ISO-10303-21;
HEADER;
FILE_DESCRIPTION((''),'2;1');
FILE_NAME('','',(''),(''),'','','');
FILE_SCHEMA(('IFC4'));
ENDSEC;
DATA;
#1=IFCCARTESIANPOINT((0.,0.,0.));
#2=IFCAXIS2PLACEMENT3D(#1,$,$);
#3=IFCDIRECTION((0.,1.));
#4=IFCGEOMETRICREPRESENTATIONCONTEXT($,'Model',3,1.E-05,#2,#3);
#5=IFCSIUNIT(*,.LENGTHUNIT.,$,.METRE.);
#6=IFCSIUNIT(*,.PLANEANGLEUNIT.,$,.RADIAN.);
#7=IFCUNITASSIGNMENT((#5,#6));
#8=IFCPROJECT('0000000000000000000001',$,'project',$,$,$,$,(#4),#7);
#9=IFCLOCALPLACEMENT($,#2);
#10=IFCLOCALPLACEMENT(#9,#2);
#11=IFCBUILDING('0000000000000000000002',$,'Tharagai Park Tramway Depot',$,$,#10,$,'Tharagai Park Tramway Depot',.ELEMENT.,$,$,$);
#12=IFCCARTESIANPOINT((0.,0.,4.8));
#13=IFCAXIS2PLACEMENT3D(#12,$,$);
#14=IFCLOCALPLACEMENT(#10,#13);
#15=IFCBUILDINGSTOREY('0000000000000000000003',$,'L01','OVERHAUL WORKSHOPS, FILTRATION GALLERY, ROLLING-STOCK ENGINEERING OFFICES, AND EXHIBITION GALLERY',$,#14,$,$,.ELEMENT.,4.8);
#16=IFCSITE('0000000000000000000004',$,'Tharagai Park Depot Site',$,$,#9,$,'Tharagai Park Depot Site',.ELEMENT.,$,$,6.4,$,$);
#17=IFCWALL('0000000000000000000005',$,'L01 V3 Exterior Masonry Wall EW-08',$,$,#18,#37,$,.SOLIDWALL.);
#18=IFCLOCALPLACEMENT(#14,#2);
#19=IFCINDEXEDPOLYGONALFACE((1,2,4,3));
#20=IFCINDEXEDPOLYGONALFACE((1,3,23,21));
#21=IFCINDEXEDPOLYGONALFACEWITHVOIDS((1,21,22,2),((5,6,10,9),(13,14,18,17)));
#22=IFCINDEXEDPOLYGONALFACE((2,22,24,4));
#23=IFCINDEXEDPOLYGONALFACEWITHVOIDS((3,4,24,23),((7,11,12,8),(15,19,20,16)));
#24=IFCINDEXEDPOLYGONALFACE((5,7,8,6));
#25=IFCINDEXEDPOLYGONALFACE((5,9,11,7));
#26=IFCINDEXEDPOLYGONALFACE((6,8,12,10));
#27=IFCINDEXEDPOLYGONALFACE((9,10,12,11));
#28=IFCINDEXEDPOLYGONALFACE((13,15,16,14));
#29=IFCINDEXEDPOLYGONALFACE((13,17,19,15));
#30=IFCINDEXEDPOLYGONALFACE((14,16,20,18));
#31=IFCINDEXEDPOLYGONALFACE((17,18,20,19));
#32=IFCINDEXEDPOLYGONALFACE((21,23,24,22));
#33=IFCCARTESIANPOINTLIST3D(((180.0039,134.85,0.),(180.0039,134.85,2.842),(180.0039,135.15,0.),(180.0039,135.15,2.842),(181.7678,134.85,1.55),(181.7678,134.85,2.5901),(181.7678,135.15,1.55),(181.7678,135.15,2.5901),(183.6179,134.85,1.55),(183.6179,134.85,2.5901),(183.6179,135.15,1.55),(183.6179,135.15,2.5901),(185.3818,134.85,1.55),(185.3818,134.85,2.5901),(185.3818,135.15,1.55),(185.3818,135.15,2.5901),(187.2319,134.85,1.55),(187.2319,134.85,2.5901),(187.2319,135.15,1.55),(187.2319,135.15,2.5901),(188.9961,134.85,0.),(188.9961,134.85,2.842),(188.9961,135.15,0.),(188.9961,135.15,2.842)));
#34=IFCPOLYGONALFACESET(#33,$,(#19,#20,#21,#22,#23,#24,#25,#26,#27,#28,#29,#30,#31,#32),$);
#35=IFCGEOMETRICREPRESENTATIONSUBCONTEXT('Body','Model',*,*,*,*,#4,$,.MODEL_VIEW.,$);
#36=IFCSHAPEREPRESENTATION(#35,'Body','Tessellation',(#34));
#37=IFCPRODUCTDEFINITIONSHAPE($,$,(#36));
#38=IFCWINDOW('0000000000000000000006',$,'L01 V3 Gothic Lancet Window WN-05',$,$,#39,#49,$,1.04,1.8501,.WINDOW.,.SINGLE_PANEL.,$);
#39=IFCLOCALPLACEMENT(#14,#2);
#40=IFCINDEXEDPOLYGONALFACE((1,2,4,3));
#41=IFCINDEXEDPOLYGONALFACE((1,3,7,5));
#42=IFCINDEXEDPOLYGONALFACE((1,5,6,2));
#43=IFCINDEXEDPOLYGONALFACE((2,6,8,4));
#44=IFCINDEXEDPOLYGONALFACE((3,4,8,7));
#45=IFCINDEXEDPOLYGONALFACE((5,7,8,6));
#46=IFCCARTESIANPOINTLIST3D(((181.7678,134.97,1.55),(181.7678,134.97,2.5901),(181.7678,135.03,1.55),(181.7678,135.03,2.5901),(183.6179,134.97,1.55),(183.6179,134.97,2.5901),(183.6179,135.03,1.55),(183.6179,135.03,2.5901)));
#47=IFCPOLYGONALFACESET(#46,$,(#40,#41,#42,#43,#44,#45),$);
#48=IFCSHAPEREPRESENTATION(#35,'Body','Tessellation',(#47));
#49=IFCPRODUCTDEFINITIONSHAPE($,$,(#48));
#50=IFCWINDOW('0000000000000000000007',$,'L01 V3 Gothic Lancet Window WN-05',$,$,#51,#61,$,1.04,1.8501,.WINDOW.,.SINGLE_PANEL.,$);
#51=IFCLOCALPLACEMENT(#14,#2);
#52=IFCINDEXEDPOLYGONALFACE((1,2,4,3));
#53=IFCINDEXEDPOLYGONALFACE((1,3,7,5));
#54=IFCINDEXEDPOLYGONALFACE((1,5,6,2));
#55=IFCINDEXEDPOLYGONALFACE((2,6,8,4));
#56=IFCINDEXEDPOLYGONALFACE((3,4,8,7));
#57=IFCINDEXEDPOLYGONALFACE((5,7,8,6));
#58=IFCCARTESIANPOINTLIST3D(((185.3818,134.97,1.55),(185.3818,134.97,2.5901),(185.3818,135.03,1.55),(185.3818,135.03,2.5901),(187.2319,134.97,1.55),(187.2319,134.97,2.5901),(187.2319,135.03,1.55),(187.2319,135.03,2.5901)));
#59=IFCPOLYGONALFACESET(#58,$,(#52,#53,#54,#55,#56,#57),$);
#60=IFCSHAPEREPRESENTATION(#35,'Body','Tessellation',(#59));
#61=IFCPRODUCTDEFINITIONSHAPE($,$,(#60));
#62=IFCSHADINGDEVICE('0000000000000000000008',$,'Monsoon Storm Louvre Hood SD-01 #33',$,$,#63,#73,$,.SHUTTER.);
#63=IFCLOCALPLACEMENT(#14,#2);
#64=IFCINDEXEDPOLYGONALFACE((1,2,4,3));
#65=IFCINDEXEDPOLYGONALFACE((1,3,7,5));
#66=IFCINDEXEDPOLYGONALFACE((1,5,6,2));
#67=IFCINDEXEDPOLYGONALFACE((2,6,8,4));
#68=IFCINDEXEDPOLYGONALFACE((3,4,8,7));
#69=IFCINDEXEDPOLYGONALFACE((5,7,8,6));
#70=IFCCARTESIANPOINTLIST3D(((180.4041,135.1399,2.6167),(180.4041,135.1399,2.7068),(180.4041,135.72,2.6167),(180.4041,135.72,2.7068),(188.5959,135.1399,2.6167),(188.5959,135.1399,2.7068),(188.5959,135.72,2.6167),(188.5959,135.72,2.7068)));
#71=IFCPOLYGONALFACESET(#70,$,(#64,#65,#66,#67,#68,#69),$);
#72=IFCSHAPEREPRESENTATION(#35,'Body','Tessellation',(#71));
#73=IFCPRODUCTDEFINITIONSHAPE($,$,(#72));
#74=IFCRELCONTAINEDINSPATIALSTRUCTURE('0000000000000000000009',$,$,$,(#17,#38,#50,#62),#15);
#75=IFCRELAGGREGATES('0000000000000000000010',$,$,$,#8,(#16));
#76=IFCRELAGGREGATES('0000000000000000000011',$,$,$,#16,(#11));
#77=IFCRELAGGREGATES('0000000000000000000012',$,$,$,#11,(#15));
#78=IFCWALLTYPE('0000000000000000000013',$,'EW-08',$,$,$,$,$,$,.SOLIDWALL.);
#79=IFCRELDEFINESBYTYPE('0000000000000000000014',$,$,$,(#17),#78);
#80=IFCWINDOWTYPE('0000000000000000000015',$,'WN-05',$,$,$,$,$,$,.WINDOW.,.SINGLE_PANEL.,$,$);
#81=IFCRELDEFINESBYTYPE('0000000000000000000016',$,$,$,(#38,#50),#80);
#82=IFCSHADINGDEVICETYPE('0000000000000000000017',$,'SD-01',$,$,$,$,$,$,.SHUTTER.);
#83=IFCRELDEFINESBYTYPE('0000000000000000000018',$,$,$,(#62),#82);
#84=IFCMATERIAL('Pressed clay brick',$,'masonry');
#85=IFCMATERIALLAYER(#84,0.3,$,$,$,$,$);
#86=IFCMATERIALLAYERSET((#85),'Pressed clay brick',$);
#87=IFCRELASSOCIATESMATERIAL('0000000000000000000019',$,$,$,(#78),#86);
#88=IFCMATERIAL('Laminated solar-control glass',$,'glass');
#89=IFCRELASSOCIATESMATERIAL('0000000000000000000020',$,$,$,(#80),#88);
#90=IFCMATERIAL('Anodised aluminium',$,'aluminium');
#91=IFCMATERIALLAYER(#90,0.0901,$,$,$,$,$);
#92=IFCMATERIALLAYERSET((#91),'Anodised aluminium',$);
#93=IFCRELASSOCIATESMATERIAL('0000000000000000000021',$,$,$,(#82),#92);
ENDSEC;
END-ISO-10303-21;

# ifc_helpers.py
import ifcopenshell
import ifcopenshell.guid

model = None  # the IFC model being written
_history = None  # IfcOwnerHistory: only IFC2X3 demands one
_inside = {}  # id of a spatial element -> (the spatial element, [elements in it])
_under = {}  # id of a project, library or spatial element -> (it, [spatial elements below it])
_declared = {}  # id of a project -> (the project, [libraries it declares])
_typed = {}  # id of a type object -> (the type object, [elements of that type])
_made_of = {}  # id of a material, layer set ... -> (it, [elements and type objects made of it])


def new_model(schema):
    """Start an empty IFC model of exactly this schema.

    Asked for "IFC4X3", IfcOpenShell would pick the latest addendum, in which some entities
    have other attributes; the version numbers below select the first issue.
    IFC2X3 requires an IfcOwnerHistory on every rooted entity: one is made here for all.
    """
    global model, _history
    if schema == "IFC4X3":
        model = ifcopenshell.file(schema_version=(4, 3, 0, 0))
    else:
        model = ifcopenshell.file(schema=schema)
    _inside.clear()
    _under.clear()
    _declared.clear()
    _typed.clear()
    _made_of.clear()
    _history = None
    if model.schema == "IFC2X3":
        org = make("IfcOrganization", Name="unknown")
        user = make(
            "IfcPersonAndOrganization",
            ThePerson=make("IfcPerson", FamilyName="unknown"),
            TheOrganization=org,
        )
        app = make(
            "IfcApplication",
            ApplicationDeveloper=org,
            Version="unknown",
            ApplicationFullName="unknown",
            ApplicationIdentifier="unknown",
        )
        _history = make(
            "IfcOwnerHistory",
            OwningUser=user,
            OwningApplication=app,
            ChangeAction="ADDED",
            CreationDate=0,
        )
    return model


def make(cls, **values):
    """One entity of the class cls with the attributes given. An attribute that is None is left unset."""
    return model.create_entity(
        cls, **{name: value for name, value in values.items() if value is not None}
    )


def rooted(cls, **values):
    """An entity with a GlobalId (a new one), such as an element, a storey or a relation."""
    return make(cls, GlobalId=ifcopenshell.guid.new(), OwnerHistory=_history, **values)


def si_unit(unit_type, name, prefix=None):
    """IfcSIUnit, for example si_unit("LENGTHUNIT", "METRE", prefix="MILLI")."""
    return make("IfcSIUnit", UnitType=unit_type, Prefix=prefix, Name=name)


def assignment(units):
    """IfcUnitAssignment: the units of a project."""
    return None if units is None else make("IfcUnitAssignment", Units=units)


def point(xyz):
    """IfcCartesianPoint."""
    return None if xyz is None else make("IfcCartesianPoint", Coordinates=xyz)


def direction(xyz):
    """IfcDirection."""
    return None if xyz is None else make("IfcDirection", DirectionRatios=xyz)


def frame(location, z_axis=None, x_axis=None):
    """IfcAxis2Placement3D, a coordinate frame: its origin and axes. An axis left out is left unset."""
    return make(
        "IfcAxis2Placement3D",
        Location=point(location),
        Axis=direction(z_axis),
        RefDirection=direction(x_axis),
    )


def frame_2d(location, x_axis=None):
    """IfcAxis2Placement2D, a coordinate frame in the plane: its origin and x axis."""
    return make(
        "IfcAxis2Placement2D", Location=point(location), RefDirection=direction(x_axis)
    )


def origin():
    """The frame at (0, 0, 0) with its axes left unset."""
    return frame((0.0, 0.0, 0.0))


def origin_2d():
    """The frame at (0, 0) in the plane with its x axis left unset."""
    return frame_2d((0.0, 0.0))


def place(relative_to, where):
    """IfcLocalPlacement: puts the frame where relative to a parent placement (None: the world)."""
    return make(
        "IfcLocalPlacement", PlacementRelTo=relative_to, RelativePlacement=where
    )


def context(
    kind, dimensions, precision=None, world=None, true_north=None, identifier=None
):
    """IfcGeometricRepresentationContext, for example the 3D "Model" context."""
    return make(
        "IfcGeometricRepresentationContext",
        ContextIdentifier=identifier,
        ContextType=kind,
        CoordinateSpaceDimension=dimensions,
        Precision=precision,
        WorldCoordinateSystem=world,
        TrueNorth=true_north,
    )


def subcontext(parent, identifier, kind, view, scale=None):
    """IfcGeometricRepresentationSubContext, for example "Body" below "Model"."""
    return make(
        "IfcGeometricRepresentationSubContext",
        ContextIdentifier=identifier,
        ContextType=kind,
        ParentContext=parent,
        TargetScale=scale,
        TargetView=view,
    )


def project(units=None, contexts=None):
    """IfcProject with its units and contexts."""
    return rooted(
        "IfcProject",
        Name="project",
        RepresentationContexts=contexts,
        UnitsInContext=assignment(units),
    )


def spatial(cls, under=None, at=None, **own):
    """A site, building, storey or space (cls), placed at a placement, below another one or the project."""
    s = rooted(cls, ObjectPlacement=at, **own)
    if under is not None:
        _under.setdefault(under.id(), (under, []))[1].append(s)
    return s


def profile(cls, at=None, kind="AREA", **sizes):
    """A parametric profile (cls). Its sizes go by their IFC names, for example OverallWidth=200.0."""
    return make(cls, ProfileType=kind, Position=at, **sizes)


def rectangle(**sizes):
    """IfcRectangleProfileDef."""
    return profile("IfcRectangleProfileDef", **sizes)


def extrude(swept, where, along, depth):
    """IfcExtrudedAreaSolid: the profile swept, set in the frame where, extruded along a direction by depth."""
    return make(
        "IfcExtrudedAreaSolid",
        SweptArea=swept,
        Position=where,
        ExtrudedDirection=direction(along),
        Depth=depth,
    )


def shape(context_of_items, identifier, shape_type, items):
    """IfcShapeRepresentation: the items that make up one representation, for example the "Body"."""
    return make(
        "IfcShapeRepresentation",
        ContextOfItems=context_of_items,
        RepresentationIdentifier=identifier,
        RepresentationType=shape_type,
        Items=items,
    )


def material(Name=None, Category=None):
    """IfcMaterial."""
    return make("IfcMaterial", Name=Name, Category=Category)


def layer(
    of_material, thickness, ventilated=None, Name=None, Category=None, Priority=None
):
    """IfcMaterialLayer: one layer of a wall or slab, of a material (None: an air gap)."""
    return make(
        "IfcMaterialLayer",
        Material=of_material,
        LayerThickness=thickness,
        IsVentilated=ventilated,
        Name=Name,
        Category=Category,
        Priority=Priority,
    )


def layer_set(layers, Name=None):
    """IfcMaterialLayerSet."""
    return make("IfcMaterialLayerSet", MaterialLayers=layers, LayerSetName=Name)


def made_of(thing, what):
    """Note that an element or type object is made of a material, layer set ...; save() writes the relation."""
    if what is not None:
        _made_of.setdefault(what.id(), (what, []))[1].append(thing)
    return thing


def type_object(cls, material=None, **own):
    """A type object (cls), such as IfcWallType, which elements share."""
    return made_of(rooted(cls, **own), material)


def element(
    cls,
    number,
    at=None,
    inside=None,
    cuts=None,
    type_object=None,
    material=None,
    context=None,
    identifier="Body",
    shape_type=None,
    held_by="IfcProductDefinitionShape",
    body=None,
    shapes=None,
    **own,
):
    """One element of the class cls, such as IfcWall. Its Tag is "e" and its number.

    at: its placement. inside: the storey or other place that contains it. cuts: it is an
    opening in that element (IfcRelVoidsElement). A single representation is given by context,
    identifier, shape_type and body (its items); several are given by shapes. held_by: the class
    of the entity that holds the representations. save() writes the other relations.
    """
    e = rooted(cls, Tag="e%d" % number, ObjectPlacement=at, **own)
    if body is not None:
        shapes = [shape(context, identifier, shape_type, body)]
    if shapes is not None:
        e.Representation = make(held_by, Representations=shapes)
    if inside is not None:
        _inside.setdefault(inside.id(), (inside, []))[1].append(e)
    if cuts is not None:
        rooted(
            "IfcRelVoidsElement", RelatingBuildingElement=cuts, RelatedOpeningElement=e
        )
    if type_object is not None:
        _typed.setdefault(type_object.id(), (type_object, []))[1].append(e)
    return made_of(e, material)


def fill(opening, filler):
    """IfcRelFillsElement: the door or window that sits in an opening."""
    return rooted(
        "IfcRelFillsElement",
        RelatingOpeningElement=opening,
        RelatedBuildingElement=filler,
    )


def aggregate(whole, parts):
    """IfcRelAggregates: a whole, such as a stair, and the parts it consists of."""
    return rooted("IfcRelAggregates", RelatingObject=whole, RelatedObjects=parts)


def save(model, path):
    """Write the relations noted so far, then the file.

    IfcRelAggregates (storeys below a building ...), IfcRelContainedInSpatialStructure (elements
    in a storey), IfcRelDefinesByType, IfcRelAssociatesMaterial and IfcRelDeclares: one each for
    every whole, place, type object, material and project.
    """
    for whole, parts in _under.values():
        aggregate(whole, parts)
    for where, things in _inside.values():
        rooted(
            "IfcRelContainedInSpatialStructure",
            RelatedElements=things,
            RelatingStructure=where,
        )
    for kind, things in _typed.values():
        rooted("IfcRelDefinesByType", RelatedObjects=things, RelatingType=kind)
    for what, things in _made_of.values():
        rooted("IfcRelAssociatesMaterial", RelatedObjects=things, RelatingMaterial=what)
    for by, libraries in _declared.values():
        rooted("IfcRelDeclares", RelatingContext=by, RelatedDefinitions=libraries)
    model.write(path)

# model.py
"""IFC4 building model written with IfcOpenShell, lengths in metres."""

from ifc_helpers import new_model, si_unit, direction, frame, frame_2d, origin, origin_2d, place, context, subcontext, project, spatial, rectangle, extrude, material, layer, layer_set, type_object, element, fill, save


model = new_model("IFC4")

# Units and contexts
model_context = context("Model", 3, precision=1e-05, world=origin(), true_north=direction((0.0, 1.0)))
body_context = subcontext(model_context, "Body", "Model", "MODEL_VIEW")
ifc_project = project(units=[si_unit("LENGTHUNIT", "METRE"), si_unit("PLANEANGLEUNIT", "RADIAN")], contexts=[model_context])

# Site, building, storey
site_placement = place(None, origin())
site = spatial("IfcSite", under=ifc_project, at=site_placement, Name="Tharagai Park Depot Site", LongName="Tharagai Park Depot Site", CompositionType="ELEMENT", RefElevation=6.4)
building_placement = place(site_placement, origin())
building = spatial("IfcBuilding", under=site, at=building_placement, Name="Tharagai Park Tramway Depot", LongName="Tharagai Park Tramway Depot", CompositionType="ELEMENT")
storey_placement = place(building_placement, frame((0.0, 0.0, 4.8)))
storey = spatial("IfcBuildingStorey", under=building, at=storey_placement, Name="L01", Description="OVERHAUL WORKSHOPS, FILTRATION GALLERY, ROLLING-STOCK ENGINEERING OFFICES, AND EXHIBITION GALLERY", CompositionType="ELEMENT", Elevation=4.8)

# Shared definitions
ifc_material_1 = material(Name="Anodised aluminium", Category="aluminium")

# Shared definitions
ifc_material_2 = material(Name="Laminated solar-control glass", Category="glass")

# Wall, openings, windows
ifc_material_3 = material(Name="Pressed clay brick", Category="masonry")
ifc_layer_1 = layer(ifc_material_3, 0.3)
ifc_layer_set_1 = layer_set([ifc_layer_1], Name="Pressed clay brick")
wall_type = type_object("IfcWallType", Name="EW-08", PredefinedType="SOLIDWALL", material=ifc_layer_set_1)
wall_placement = place(storey_placement, frame((180.0039, 135.0, 0.0), z_axis=(0.0, 0.0, 1.0), x_axis=(1.0, 0.0, 0.0)))
wall = element("IfcWall", 1, at=wall_placement, inside=storey, type_object=wall_type, Name="L01 V3 Exterior Masonry Wall EW-08", PredefinedType="SOLIDWALL", context=body_context, shape_type="SweptSolid", body=[
    extrude(rectangle(XDim=8.9922, YDim=0.3, at=frame_2d((4.4961, 0.0))), origin(), (0.0, 0.0, 1.0), 2.842),
])
opening_1_placement = place(wall_placement, frame((1.7639, 0.0, 1.55)))
opening_1 = element("IfcOpeningElement", 2, at=opening_1_placement, cuts=wall, PredefinedType="OPENING", context=body_context, shape_type="SweptSolid", body=[
    extrude(rectangle(XDim=1.8501, YDim=1.04, at=frame_2d((0.925, 0.52))), frame((0.0, 0.1599, 0.0), z_axis=(0.0, -1.0, 0.0), x_axis=(1.0, 0.0, 0.0)), (0.0, 0.0, 1.0), 0.3201),
])
opening_2_placement = place(wall_placement, frame((5.3779, 0.0, 1.55)))
opening_2 = element("IfcOpeningElement", 3, at=opening_2_placement, cuts=wall, PredefinedType="OPENING", context=body_context, shape_type="SweptSolid", body=[
    extrude(rectangle(XDim=1.8501, YDim=1.04, at=frame_2d((0.925, 0.52))), frame((0.0, 0.1599, 0.0), z_axis=(0.0, -1.0, 0.0), x_axis=(1.0, 0.0, 0.0)), (0.0, 0.0, 1.0), 0.3201),
])
window_type = type_object("IfcWindowType", Name="WN-05", PartitioningType="SINGLE_PANEL", PredefinedType="WINDOW", material=ifc_material_2)
window_1_placement = place(opening_1_placement, origin())
window_1 = element("IfcWindow", 4, at=window_1_placement, inside=storey, type_object=window_type, Name="L01 V3 Gothic Lancet Window WN-05", OverallHeight=1.04, OverallWidth=1.8501, PartitioningType="SINGLE_PANEL", PredefinedType="WINDOW", context=body_context, shape_type="SweptSolid", body=[
    extrude(rectangle(XDim=1.8501, YDim=1.04, at=frame_2d((0.925, 0.52))), frame((0.0, 0.03, 0.0), z_axis=(0.0, -1.0, 0.0), x_axis=(1.0, 0.0, 0.0)), (0.0, 0.0, 1.0), 0.0601),
])
fill(opening_1, window_1)
window_2_placement = place(opening_2_placement, origin())
window_2 = element("IfcWindow", 5, at=window_2_placement, inside=storey, type_object=window_type, Name="L01 V3 Gothic Lancet Window WN-05", OverallHeight=1.04, OverallWidth=1.8501, PartitioningType="SINGLE_PANEL", PredefinedType="WINDOW", context=body_context, shape_type="SweptSolid", body=[
    extrude(rectangle(XDim=1.8501, YDim=1.04, at=frame_2d((0.925, 0.52))), frame((0.0, 0.03, 0.0), z_axis=(0.0, -1.0, 0.0), x_axis=(1.0, 0.0, 0.0)), (0.0, 0.0, 1.0), 0.0601),
])
fill(opening_2, window_2)

# Shading device
ifc_layer_2 = layer(ifc_material_1, 0.0901)
ifc_layer_set_2 = layer_set([ifc_layer_2], Name="Anodised aluminium")
shading_device_type = type_object("IfcShadingDeviceType", Name="SD-01", PredefinedType="SHUTTER", material=ifc_layer_set_2)
shading_device_placement = place(storey_placement, frame((184.5, 135.4299, 2.6167), z_axis=(0.0, 0.0, 1.0), x_axis=(1.0, 0.0, 0.0)))
element("IfcShadingDevice", 6, at=shading_device_placement, inside=storey, type_object=shading_device_type, Name="Monsoon Storm Louvre Hood SD-01 #33", PredefinedType="SHUTTER", context=body_context, shape_type="SweptSolid", body=[
    extrude(rectangle(XDim=8.1919, YDim=0.5801, at=origin_2d()), origin(), (0.0, 0.0, 1.0), 0.0901),
])

save(model, "model.ifc")
